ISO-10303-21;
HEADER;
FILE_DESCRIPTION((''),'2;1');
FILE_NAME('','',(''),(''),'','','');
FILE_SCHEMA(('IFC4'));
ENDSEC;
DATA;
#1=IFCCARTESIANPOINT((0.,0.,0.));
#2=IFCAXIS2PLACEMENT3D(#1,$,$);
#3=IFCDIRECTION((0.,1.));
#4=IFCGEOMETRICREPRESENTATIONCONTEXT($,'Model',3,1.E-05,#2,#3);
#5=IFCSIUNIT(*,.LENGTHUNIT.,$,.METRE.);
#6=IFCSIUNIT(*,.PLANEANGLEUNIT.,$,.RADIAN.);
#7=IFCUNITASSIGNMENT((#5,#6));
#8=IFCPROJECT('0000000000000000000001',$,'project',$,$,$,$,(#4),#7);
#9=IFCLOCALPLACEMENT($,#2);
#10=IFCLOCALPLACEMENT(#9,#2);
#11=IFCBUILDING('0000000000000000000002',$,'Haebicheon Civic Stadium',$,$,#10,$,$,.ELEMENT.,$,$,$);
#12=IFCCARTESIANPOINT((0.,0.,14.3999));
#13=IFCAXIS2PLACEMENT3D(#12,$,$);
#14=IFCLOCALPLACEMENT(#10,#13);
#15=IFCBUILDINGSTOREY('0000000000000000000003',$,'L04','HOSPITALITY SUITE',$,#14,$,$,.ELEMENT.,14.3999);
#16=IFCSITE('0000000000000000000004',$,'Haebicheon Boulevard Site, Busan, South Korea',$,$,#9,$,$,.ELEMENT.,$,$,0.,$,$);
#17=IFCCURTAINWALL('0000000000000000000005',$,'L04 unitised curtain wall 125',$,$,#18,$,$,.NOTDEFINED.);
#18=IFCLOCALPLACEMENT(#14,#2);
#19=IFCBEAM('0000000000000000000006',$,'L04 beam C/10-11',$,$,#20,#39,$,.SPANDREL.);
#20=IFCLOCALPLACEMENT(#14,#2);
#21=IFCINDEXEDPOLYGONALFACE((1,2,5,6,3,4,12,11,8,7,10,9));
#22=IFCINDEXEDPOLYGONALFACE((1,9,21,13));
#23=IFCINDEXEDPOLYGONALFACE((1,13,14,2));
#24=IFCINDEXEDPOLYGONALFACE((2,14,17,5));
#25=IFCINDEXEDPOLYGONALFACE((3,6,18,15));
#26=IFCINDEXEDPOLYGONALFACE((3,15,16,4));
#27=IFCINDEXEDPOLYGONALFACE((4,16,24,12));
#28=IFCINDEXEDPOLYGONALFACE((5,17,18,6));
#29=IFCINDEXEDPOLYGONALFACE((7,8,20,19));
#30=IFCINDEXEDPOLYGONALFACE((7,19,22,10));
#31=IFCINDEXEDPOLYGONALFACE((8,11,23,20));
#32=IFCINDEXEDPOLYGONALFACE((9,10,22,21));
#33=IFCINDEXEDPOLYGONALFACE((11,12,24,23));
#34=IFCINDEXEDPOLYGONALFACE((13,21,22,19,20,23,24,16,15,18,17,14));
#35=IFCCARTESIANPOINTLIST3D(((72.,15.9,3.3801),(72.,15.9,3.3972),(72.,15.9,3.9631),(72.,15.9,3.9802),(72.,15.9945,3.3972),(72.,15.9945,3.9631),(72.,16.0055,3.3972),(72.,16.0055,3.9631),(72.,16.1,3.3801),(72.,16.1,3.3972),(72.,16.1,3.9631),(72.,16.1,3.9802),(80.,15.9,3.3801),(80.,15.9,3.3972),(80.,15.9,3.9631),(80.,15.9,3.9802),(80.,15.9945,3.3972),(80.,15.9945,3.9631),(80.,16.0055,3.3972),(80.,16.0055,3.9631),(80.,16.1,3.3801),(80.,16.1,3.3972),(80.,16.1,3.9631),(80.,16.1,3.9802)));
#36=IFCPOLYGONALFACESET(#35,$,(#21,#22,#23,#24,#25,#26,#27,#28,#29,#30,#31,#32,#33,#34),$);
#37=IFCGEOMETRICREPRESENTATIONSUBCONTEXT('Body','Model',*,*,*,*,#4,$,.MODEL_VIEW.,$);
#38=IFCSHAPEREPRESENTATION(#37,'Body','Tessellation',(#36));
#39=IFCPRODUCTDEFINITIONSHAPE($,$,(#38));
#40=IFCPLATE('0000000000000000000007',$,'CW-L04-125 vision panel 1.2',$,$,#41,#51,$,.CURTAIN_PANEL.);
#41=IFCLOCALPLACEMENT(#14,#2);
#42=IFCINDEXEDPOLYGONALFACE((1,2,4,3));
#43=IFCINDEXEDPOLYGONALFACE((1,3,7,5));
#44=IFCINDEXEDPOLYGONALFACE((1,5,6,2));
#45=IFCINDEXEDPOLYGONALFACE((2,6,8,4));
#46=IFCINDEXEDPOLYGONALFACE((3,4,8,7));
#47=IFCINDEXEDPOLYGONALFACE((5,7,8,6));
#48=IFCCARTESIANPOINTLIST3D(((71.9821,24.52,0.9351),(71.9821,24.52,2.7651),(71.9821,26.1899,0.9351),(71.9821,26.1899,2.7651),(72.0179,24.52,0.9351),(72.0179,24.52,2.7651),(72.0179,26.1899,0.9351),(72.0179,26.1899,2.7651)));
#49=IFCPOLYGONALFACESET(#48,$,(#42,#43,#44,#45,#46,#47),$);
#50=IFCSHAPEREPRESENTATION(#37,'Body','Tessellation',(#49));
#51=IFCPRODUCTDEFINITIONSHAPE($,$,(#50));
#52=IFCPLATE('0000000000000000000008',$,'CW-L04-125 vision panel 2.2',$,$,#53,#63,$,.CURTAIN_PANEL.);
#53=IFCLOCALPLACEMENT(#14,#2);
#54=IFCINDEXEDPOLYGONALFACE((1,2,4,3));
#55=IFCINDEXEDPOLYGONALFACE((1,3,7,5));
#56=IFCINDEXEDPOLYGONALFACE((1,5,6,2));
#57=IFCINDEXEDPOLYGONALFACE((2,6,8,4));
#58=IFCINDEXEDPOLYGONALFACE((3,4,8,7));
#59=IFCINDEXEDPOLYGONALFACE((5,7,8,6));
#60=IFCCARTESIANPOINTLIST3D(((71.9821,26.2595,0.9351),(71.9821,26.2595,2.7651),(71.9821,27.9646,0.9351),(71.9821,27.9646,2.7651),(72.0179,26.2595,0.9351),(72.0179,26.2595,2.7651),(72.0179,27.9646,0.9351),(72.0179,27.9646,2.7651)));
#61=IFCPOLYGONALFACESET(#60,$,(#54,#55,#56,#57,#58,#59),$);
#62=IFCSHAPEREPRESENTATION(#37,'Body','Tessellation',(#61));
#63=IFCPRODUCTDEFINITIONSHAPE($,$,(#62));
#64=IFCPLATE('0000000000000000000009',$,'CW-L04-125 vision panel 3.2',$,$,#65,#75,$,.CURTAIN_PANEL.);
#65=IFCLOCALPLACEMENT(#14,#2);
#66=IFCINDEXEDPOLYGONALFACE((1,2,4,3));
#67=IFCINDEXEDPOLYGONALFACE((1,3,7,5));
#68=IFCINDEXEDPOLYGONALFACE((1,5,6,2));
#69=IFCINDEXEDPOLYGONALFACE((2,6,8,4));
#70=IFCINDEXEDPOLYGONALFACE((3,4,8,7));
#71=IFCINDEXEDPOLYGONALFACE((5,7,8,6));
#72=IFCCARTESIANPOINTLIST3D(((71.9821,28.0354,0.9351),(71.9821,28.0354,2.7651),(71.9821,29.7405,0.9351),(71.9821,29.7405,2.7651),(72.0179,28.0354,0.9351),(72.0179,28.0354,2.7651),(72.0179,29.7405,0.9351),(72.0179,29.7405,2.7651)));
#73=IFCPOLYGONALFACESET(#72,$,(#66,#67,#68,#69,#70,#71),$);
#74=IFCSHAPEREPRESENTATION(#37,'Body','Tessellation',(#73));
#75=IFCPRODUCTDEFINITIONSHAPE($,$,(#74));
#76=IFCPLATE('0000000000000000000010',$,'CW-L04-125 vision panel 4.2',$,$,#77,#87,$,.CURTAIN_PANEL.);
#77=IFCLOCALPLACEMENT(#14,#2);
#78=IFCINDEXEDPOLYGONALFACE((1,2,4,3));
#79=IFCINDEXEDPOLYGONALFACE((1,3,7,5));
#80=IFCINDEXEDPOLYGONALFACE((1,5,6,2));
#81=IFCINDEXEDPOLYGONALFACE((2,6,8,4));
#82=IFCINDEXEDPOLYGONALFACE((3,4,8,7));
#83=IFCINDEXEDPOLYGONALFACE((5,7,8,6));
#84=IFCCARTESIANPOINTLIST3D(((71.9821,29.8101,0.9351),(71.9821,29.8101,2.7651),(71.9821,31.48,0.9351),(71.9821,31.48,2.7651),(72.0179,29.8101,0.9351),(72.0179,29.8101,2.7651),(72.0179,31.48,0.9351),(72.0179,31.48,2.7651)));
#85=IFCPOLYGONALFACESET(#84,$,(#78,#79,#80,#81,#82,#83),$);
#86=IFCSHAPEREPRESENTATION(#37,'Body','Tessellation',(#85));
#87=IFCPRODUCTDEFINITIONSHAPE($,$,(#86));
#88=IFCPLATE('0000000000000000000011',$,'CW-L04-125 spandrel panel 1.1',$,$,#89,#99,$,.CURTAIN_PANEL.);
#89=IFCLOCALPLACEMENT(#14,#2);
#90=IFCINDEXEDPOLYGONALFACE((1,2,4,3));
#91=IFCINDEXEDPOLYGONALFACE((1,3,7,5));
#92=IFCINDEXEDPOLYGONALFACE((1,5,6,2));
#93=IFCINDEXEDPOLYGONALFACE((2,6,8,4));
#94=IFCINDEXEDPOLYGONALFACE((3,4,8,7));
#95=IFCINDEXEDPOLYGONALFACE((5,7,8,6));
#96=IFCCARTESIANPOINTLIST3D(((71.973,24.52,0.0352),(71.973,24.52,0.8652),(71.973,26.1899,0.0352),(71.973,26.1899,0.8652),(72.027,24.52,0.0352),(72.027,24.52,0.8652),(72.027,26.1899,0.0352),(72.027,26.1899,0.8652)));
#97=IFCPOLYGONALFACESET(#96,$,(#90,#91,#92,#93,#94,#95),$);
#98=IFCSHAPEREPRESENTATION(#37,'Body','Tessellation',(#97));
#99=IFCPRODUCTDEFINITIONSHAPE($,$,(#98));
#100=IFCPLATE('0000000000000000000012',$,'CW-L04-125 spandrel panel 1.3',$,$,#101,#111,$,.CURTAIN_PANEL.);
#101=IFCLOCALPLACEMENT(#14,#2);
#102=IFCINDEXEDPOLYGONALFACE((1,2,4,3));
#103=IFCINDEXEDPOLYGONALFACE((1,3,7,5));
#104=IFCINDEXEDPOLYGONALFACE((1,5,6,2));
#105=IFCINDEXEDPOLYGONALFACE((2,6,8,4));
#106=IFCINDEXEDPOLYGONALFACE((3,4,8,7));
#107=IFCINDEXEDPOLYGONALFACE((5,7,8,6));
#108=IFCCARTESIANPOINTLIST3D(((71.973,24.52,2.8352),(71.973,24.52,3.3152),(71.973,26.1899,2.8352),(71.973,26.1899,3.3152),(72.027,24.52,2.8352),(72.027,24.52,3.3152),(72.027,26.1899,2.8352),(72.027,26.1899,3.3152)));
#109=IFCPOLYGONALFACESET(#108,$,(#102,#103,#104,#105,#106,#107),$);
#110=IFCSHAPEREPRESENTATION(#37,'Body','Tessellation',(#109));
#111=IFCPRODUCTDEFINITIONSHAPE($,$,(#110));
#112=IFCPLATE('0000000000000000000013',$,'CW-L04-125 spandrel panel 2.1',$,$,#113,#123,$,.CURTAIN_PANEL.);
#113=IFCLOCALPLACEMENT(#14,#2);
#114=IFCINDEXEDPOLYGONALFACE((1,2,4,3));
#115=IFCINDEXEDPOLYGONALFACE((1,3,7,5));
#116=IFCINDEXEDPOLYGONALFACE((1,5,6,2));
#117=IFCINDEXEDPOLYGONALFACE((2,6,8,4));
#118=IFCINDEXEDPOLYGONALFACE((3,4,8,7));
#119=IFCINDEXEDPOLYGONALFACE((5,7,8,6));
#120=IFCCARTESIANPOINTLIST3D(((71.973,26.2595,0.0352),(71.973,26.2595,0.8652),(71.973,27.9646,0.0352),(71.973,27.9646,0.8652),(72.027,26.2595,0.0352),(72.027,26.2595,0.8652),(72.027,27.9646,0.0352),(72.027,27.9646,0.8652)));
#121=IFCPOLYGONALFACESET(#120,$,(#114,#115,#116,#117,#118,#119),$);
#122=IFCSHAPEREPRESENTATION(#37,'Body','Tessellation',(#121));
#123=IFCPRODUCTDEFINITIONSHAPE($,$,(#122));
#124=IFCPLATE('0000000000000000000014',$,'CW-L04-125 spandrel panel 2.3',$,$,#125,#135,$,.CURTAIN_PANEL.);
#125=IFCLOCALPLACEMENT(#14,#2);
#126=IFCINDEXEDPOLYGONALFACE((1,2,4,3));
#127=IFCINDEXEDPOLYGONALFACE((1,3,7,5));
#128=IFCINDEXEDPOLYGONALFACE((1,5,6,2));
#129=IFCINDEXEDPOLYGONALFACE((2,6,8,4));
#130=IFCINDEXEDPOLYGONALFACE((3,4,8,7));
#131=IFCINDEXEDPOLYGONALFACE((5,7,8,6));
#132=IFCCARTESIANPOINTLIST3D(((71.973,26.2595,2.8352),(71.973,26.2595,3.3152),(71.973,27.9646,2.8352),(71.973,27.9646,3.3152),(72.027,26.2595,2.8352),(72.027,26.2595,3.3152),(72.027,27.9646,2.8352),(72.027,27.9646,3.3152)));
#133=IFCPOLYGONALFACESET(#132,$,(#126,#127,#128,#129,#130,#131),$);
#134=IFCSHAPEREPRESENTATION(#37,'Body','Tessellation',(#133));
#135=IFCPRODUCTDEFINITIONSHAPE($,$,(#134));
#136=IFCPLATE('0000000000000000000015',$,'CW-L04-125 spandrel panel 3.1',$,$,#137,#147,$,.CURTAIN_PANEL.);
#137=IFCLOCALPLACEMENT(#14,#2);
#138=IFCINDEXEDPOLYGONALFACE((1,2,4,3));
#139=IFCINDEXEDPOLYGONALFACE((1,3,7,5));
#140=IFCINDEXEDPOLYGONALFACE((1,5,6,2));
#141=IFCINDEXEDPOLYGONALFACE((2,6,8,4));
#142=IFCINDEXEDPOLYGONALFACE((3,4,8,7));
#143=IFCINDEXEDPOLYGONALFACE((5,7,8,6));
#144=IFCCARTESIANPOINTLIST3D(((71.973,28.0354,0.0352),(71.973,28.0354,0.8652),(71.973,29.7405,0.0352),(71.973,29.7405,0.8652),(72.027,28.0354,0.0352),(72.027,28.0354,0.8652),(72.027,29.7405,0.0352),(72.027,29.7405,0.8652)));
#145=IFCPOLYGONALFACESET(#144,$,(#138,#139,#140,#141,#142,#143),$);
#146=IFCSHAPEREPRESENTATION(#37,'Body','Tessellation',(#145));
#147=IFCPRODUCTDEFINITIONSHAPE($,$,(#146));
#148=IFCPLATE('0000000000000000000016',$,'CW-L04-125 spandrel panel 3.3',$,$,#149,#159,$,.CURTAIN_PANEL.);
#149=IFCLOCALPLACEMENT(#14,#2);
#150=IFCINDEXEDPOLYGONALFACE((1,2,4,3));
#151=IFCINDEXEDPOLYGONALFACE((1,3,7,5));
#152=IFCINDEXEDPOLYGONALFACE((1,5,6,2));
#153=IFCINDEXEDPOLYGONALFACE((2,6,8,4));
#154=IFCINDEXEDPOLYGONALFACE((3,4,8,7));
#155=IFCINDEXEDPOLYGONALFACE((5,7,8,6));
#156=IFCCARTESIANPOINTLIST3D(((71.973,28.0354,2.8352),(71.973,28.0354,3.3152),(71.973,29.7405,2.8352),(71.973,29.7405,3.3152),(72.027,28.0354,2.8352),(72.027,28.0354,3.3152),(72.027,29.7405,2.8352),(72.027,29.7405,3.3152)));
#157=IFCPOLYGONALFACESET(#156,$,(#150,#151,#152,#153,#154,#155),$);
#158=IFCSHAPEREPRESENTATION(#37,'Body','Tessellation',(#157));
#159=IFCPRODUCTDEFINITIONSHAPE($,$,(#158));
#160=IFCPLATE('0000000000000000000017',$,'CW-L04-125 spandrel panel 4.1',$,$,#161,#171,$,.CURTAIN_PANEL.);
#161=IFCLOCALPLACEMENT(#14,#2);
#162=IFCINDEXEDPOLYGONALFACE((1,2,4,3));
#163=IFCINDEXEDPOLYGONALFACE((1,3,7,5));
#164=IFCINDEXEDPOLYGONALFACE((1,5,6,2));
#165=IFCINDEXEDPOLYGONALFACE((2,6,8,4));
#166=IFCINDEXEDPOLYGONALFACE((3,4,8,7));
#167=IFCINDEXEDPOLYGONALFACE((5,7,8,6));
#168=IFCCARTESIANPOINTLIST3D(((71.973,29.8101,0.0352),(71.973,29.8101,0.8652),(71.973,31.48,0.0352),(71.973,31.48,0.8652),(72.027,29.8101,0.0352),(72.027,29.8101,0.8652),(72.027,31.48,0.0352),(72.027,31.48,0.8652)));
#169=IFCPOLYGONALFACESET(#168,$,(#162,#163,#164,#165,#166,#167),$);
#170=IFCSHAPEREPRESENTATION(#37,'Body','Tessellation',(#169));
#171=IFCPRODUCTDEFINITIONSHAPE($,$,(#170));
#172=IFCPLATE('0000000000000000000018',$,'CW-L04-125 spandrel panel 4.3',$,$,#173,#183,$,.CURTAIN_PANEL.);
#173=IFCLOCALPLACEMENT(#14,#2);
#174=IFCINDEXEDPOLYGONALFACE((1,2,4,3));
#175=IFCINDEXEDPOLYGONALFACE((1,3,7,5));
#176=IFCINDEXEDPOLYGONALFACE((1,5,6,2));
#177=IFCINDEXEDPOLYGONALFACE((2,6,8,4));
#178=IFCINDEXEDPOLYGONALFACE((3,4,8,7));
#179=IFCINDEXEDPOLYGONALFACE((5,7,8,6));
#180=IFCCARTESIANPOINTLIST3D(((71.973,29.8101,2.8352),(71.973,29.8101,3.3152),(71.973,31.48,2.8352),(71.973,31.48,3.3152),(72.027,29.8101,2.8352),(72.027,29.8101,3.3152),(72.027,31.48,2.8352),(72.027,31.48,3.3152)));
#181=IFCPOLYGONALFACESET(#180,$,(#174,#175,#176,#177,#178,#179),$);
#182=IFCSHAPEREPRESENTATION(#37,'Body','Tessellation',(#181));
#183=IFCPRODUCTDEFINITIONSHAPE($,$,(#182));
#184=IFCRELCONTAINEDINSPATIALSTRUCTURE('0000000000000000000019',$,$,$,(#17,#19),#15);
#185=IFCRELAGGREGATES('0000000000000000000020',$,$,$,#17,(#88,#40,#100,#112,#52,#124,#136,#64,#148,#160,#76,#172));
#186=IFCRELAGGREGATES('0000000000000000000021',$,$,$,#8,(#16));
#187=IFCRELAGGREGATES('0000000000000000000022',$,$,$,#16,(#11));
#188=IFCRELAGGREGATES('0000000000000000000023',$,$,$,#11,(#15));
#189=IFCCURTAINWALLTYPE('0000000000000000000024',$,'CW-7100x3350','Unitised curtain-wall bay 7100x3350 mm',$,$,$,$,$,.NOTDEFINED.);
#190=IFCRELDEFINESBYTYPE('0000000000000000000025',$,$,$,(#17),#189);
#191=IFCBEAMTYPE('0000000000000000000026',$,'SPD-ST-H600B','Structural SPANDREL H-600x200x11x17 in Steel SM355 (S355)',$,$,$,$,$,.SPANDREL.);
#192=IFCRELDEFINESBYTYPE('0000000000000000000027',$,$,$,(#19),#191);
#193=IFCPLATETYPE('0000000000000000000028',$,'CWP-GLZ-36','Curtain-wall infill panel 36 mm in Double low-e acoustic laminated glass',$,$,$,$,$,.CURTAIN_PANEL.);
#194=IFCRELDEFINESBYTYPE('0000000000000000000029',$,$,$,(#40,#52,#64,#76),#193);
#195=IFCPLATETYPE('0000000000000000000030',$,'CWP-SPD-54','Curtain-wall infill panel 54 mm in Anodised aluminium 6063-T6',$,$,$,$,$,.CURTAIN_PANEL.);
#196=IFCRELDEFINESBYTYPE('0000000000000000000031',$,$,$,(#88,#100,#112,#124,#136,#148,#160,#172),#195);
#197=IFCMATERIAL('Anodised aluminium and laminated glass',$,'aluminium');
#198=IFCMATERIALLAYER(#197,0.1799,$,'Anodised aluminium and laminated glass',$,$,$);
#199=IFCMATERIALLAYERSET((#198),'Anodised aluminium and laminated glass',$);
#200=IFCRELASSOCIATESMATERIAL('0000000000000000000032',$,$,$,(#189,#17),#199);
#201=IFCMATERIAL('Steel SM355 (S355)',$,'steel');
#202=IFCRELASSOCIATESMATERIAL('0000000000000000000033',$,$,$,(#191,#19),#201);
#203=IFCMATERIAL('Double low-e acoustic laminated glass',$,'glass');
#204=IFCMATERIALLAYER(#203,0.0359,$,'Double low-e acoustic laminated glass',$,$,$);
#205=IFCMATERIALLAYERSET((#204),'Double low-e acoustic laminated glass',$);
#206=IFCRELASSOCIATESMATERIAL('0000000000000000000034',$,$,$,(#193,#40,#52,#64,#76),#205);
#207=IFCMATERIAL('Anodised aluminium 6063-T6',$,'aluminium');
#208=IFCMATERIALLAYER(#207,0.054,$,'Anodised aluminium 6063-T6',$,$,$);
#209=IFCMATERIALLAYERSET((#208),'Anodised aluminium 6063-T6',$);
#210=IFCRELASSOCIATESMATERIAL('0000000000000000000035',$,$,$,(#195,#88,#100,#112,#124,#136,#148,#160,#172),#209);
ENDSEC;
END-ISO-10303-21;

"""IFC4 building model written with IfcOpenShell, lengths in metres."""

from ifc_helpers import new_model, si_unit, direction, frame, origin, origin_2d, place, context, subcontext, project, spatial, rectangle, i_section, extrude, material, layer, layer_set, material_profile, profile_set, type_object, element, aggregate, save


model = new_model("IFC4")

# Units and contexts
model_context = context("Model", 3, precision=1e-05, world=origin(), true_north=direction((0.0, 1.0)))
body_context = subcontext(model_context, "Body", "Model", "MODEL_VIEW")
ifc_project = project(units=[si_unit("LENGTHUNIT", "METRE"), si_unit("PLANEANGLEUNIT", "RADIAN")], contexts=[model_context])

# Site, building, storey
site_placement = place(None, origin())
site = spatial("IfcSite", under=ifc_project, at=site_placement, Name="Haebicheon Boulevard Site, Busan, South Korea", CompositionType="ELEMENT", RefElevation=0.0)
building_placement = place(site_placement, origin())
building = spatial("IfcBuilding", under=site, at=building_placement, Name="Haebicheon Civic Stadium", CompositionType="ELEMENT")
storey_placement = place(building_placement, frame((0.0, 0.0, 14.3999)))
storey = spatial("IfcBuildingStorey", under=building, at=storey_placement, Name="L04", Description="HOSPITALITY SUITE", CompositionType="ELEMENT", Elevation=14.3999)

# Curtain wall
ifc_material_1 = material(Name="Anodised aluminium and laminated glass", Category="aluminium")
ifc_layer_1 = layer(ifc_material_1, 0.1799, Name="Anodised aluminium and laminated glass")
ifc_layer_set_1 = layer_set([ifc_layer_1], Name="Anodised aluminium and laminated glass")
curtain_wall_type = type_object("IfcCurtainWallType", Name="CW-7100x3350", Description="Unitised curtain-wall bay 7100x3350 mm", PredefinedType="NOTDEFINED", material=ifc_layer_set_1)
curtain_wall_placement = place(storey_placement, origin())
curtain_wall = element("IfcCurtainWall", 1, at=curtain_wall_placement, inside=storey, type_object=curtain_wall_type, material=ifc_layer_set_1, Name="L04 unitised curtain wall 125", PredefinedType="NOTDEFINED")

# Beam
ifc_material_2 = material(Name="Steel SM355 (S355)", Category="steel")
ifc_material_profile_1 = material_profile(ifc_material_2, i_section(OverallWidth=0.2, OverallDepth=0.6001, WebThickness=0.011, FlangeThickness=0.0171, at=origin_2d()), Name="H-600x200x11x17")
ifc_profile_set_1 = profile_set([ifc_material_profile_1], Name="Steel SM355 (S355)")
beam_type_1 = type_object("IfcBeamType", Name="SPD-ST-H600B", Description="Structural SPANDREL H-600x200x11x17 in Steel SM355 (S355)", PredefinedType="SPANDREL", material=ifc_profile_set_1)
for number, where, z_axis, x_axis, name in (
    (2, (72.0, 16.0, 3.6802), (1.0, 0.0, 0.0), (0.0, 1.0, 0.0), "L04 beam C/10-11"),
):
    element("IfcBeam", number, at=place(storey_placement, frame(where, z_axis=z_axis, x_axis=x_axis)), inside=storey, type_object=beam_type_1, material=ifc_profile_set_1, Name=name, PredefinedType="SPANDREL", context=body_context, shape_type="SweptSolid", body=[
        extrude(i_section(OverallWidth=0.2, OverallDepth=0.6001, WebThickness=0.011, FlangeThickness=0.0171, at=origin_2d()), origin(), (0.0, 0.0, 1.0), 8.0),
    ])

# Plates
ifc_material_3 = material(Name="Double low-e acoustic laminated glass", Category="glass")
ifc_layer_2 = layer(ifc_material_3, 0.0359, Name="Double low-e acoustic laminated glass")
ifc_layer_set_2 = layer_set([ifc_layer_2], Name="Double low-e acoustic laminated glass")
plate_type_1 = type_object("IfcPlateType", Name="CWP-GLZ-36", Description="Curtain-wall infill panel 36 mm in Double low-e acoustic laminated glass", PredefinedType="CURTAIN_PANEL", material=ifc_layer_set_2)
plate_1_placement = place(storey_placement, frame((72.0, 25.355, 0.9351), z_axis=(0.0, 0.0, 1.0), x_axis=(0.0, 1.0, 0.0)))
plate_1 = element("IfcPlate", 3, at=plate_1_placement, type_object=plate_type_1, material=ifc_layer_set_2, Name="CW-L04-125 vision panel 1.2", PredefinedType="CURTAIN_PANEL", context=body_context, shape_type="SweptSolid", body=[
    extrude(rectangle(XDim=1.6699, YDim=0.0359, at=origin_2d()), origin(), (0.0, 0.0, 1.0), 1.8301),
])
plate_2_placement = place(storey_placement, frame((72.0, 27.1121, 0.9351), z_axis=(0.0, 0.0, 1.0), x_axis=(0.0, 1.0, 0.0)))
plate_2 = element("IfcPlate", 4, at=plate_2_placement, type_object=plate_type_1, material=ifc_layer_set_2, Name="CW-L04-125 vision panel 2.2", PredefinedType="CURTAIN_PANEL", context=body_context, shape_type="SweptSolid", body=[
    extrude(rectangle(XDim=1.7051, YDim=0.0359, at=origin_2d()), origin(), (0.0, 0.0, 1.0), 1.8301),
])
plate_3_placement = place(storey_placement, frame((72.0, 28.8879, 0.9351), z_axis=(0.0, 0.0, 1.0), x_axis=(0.0, 1.0, 0.0)))
plate_3 = element("IfcPlate", 5, at=plate_3_placement, type_object=plate_type_1, material=ifc_layer_set_2, Name="CW-L04-125 vision panel 3.2", PredefinedType="CURTAIN_PANEL", context=body_context, shape_type="SweptSolid", body=[
    extrude(rectangle(XDim=1.7051, YDim=0.0359, at=origin_2d()), origin(), (0.0, 0.0, 1.0), 1.8301),
])
plate_4_placement = place(storey_placement, frame((72.0, 30.645, 0.9351), z_axis=(0.0, 0.0, 1.0), x_axis=(0.0, 1.0, 0.0)))
plate_4 = element("IfcPlate", 6, at=plate_4_placement, type_object=plate_type_1, material=ifc_layer_set_2, Name="CW-L04-125 vision panel 4.2", PredefinedType="CURTAIN_PANEL", context=body_context, shape_type="SweptSolid", body=[
    extrude(rectangle(XDim=1.6699, YDim=0.0359, at=origin_2d()), origin(), (0.0, 0.0, 1.0), 1.8301),
])
ifc_material_4 = material(Name="Anodised aluminium 6063-T6", Category="aluminium")
ifc_layer_3 = layer(ifc_material_4, 0.054, Name="Anodised aluminium 6063-T6")
ifc_layer_set_3 = layer_set([ifc_layer_3], Name="Anodised aluminium 6063-T6")
plate_type_2 = type_object("IfcPlateType", Name="CWP-SPD-54", Description="Curtain-wall infill panel 54 mm in Anodised aluminium 6063-T6", PredefinedType="CURTAIN_PANEL", material=ifc_layer_set_3)
plate_5_placement = place(storey_placement, frame((72.0, 25.355, 0.0352), z_axis=(0.0, 0.0, 1.0), x_axis=(0.0, 1.0, 0.0)))
plate_5 = element("IfcPlate", 7, at=plate_5_placement, type_object=plate_type_2, material=ifc_layer_set_3, Name="CW-L04-125 spandrel panel 1.1", PredefinedType="CURTAIN_PANEL", context=body_context, shape_type="SweptSolid", body=[
    extrude(rectangle(XDim=1.6699, YDim=0.054, at=origin_2d()), origin(), (0.0, 0.0, 1.0), 0.8301),
])
plate_6_placement = place(storey_placement, frame((72.0, 25.355, 2.8352), z_axis=(0.0, 0.0, 1.0), x_axis=(0.0, 1.0, 0.0)))
plate_6 = element("IfcPlate", 8, at=plate_6_placement, type_object=plate_type_2, material=ifc_layer_set_3, Name="CW-L04-125 spandrel panel 1.3", PredefinedType="CURTAIN_PANEL", context=body_context, shape_type="SweptSolid", body=[
    extrude(rectangle(XDim=1.6699, YDim=0.054, at=origin_2d()), origin(), (0.0, 0.0, 1.0), 0.48),
])
plate_7_placement = place(storey_placement, frame((72.0, 27.1121, 0.0352), z_axis=(0.0, 0.0, 1.0), x_axis=(0.0, 1.0, 0.0)))
plate_7 = element("IfcPlate", 9, at=plate_7_placement, type_object=plate_type_2, material=ifc_layer_set_3, Name="CW-L04-125 spandrel panel 2.1", PredefinedType="CURTAIN_PANEL", context=body_context, shape_type="SweptSolid", body=[
    extrude(rectangle(XDim=1.7051, YDim=0.054, at=origin_2d()), origin(), (0.0, 0.0, 1.0), 0.8301),
])
plate_8_placement = place(storey_placement, frame((72.0, 27.1121, 2.8352), z_axis=(0.0, 0.0, 1.0), x_axis=(0.0, 1.0, 0.0)))
plate_8 = element("IfcPlate", 10, at=plate_8_placement, type_object=plate_type_2, material=ifc_layer_set_3, Name="CW-L04-125 spandrel panel 2.3", PredefinedType="CURTAIN_PANEL", context=body_context, shape_type="SweptSolid", body=[
    extrude(rectangle(XDim=1.7051, YDim=0.054, at=origin_2d()), origin(), (0.0, 0.0, 1.0), 0.48),
])
plate_9_placement = place(storey_placement, frame((72.0, 28.8879, 0.0352), z_axis=(0.0, 0.0, 1.0), x_axis=(0.0, 1.0, 0.0)))
plate_9 = element("IfcPlate", 11, at=plate_9_placement, type_object=plate_type_2, material=ifc_layer_set_3, Name="CW-L04-125 spandrel panel 3.1", PredefinedType="CURTAIN_PANEL", context=body_context, shape_type="SweptSolid", body=[
    extrude(rectangle(XDim=1.7051, YDim=0.054, at=origin_2d()), origin(), (0.0, 0.0, 1.0), 0.8301),
])
plate_10_placement = place(storey_placement, frame((72.0, 28.8879, 2.8352), z_axis=(0.0, 0.0, 1.0), x_axis=(0.0, 1.0, 0.0)))
plate_10 = element("IfcPlate", 12, at=plate_10_placement, type_object=plate_type_2, material=ifc_layer_set_3, Name="CW-L04-125 spandrel panel 3.3", PredefinedType="CURTAIN_PANEL", context=body_context, shape_type="SweptSolid", body=[
    extrude(rectangle(XDim=1.7051, YDim=0.054, at=origin_2d()), origin(), (0.0, 0.0, 1.0), 0.48),
])
plate_11_placement = place(storey_placement, frame((72.0, 30.645, 0.0352), z_axis=(0.0, 0.0, 1.0), x_axis=(0.0, 1.0, 0.0)))
plate_11 = element("IfcPlate", 13, at=plate_11_placement, type_object=plate_type_2, material=ifc_layer_set_3, Name="CW-L04-125 spandrel panel 4.1", PredefinedType="CURTAIN_PANEL", context=body_context, shape_type="SweptSolid", body=[
    extrude(rectangle(XDim=1.6699, YDim=0.054, at=origin_2d()), origin(), (0.0, 0.0, 1.0), 0.8301),
])
plate_12_placement = place(storey_placement, frame((72.0, 30.645, 2.8352), z_axis=(0.0, 0.0, 1.0), x_axis=(0.0, 1.0, 0.0)))
plate_12 = element("IfcPlate", 14, at=plate_12_placement, type_object=plate_type_2, material=ifc_layer_set_3, Name="CW-L04-125 spandrel panel 4.3", PredefinedType="CURTAIN_PANEL", context=body_context, shape_type="SweptSolid", body=[
    extrude(rectangle(XDim=1.6699, YDim=0.054, at=origin_2d()), origin(), (0.0, 0.0, 1.0), 0.48),
])
aggregate(curtain_wall, [plate_5, plate_1, plate_6, plate_7, plate_2, plate_8, plate_9, plate_3, plate_10, plate_11, plate_4, plate_12])

save(model, "model.ifc")
